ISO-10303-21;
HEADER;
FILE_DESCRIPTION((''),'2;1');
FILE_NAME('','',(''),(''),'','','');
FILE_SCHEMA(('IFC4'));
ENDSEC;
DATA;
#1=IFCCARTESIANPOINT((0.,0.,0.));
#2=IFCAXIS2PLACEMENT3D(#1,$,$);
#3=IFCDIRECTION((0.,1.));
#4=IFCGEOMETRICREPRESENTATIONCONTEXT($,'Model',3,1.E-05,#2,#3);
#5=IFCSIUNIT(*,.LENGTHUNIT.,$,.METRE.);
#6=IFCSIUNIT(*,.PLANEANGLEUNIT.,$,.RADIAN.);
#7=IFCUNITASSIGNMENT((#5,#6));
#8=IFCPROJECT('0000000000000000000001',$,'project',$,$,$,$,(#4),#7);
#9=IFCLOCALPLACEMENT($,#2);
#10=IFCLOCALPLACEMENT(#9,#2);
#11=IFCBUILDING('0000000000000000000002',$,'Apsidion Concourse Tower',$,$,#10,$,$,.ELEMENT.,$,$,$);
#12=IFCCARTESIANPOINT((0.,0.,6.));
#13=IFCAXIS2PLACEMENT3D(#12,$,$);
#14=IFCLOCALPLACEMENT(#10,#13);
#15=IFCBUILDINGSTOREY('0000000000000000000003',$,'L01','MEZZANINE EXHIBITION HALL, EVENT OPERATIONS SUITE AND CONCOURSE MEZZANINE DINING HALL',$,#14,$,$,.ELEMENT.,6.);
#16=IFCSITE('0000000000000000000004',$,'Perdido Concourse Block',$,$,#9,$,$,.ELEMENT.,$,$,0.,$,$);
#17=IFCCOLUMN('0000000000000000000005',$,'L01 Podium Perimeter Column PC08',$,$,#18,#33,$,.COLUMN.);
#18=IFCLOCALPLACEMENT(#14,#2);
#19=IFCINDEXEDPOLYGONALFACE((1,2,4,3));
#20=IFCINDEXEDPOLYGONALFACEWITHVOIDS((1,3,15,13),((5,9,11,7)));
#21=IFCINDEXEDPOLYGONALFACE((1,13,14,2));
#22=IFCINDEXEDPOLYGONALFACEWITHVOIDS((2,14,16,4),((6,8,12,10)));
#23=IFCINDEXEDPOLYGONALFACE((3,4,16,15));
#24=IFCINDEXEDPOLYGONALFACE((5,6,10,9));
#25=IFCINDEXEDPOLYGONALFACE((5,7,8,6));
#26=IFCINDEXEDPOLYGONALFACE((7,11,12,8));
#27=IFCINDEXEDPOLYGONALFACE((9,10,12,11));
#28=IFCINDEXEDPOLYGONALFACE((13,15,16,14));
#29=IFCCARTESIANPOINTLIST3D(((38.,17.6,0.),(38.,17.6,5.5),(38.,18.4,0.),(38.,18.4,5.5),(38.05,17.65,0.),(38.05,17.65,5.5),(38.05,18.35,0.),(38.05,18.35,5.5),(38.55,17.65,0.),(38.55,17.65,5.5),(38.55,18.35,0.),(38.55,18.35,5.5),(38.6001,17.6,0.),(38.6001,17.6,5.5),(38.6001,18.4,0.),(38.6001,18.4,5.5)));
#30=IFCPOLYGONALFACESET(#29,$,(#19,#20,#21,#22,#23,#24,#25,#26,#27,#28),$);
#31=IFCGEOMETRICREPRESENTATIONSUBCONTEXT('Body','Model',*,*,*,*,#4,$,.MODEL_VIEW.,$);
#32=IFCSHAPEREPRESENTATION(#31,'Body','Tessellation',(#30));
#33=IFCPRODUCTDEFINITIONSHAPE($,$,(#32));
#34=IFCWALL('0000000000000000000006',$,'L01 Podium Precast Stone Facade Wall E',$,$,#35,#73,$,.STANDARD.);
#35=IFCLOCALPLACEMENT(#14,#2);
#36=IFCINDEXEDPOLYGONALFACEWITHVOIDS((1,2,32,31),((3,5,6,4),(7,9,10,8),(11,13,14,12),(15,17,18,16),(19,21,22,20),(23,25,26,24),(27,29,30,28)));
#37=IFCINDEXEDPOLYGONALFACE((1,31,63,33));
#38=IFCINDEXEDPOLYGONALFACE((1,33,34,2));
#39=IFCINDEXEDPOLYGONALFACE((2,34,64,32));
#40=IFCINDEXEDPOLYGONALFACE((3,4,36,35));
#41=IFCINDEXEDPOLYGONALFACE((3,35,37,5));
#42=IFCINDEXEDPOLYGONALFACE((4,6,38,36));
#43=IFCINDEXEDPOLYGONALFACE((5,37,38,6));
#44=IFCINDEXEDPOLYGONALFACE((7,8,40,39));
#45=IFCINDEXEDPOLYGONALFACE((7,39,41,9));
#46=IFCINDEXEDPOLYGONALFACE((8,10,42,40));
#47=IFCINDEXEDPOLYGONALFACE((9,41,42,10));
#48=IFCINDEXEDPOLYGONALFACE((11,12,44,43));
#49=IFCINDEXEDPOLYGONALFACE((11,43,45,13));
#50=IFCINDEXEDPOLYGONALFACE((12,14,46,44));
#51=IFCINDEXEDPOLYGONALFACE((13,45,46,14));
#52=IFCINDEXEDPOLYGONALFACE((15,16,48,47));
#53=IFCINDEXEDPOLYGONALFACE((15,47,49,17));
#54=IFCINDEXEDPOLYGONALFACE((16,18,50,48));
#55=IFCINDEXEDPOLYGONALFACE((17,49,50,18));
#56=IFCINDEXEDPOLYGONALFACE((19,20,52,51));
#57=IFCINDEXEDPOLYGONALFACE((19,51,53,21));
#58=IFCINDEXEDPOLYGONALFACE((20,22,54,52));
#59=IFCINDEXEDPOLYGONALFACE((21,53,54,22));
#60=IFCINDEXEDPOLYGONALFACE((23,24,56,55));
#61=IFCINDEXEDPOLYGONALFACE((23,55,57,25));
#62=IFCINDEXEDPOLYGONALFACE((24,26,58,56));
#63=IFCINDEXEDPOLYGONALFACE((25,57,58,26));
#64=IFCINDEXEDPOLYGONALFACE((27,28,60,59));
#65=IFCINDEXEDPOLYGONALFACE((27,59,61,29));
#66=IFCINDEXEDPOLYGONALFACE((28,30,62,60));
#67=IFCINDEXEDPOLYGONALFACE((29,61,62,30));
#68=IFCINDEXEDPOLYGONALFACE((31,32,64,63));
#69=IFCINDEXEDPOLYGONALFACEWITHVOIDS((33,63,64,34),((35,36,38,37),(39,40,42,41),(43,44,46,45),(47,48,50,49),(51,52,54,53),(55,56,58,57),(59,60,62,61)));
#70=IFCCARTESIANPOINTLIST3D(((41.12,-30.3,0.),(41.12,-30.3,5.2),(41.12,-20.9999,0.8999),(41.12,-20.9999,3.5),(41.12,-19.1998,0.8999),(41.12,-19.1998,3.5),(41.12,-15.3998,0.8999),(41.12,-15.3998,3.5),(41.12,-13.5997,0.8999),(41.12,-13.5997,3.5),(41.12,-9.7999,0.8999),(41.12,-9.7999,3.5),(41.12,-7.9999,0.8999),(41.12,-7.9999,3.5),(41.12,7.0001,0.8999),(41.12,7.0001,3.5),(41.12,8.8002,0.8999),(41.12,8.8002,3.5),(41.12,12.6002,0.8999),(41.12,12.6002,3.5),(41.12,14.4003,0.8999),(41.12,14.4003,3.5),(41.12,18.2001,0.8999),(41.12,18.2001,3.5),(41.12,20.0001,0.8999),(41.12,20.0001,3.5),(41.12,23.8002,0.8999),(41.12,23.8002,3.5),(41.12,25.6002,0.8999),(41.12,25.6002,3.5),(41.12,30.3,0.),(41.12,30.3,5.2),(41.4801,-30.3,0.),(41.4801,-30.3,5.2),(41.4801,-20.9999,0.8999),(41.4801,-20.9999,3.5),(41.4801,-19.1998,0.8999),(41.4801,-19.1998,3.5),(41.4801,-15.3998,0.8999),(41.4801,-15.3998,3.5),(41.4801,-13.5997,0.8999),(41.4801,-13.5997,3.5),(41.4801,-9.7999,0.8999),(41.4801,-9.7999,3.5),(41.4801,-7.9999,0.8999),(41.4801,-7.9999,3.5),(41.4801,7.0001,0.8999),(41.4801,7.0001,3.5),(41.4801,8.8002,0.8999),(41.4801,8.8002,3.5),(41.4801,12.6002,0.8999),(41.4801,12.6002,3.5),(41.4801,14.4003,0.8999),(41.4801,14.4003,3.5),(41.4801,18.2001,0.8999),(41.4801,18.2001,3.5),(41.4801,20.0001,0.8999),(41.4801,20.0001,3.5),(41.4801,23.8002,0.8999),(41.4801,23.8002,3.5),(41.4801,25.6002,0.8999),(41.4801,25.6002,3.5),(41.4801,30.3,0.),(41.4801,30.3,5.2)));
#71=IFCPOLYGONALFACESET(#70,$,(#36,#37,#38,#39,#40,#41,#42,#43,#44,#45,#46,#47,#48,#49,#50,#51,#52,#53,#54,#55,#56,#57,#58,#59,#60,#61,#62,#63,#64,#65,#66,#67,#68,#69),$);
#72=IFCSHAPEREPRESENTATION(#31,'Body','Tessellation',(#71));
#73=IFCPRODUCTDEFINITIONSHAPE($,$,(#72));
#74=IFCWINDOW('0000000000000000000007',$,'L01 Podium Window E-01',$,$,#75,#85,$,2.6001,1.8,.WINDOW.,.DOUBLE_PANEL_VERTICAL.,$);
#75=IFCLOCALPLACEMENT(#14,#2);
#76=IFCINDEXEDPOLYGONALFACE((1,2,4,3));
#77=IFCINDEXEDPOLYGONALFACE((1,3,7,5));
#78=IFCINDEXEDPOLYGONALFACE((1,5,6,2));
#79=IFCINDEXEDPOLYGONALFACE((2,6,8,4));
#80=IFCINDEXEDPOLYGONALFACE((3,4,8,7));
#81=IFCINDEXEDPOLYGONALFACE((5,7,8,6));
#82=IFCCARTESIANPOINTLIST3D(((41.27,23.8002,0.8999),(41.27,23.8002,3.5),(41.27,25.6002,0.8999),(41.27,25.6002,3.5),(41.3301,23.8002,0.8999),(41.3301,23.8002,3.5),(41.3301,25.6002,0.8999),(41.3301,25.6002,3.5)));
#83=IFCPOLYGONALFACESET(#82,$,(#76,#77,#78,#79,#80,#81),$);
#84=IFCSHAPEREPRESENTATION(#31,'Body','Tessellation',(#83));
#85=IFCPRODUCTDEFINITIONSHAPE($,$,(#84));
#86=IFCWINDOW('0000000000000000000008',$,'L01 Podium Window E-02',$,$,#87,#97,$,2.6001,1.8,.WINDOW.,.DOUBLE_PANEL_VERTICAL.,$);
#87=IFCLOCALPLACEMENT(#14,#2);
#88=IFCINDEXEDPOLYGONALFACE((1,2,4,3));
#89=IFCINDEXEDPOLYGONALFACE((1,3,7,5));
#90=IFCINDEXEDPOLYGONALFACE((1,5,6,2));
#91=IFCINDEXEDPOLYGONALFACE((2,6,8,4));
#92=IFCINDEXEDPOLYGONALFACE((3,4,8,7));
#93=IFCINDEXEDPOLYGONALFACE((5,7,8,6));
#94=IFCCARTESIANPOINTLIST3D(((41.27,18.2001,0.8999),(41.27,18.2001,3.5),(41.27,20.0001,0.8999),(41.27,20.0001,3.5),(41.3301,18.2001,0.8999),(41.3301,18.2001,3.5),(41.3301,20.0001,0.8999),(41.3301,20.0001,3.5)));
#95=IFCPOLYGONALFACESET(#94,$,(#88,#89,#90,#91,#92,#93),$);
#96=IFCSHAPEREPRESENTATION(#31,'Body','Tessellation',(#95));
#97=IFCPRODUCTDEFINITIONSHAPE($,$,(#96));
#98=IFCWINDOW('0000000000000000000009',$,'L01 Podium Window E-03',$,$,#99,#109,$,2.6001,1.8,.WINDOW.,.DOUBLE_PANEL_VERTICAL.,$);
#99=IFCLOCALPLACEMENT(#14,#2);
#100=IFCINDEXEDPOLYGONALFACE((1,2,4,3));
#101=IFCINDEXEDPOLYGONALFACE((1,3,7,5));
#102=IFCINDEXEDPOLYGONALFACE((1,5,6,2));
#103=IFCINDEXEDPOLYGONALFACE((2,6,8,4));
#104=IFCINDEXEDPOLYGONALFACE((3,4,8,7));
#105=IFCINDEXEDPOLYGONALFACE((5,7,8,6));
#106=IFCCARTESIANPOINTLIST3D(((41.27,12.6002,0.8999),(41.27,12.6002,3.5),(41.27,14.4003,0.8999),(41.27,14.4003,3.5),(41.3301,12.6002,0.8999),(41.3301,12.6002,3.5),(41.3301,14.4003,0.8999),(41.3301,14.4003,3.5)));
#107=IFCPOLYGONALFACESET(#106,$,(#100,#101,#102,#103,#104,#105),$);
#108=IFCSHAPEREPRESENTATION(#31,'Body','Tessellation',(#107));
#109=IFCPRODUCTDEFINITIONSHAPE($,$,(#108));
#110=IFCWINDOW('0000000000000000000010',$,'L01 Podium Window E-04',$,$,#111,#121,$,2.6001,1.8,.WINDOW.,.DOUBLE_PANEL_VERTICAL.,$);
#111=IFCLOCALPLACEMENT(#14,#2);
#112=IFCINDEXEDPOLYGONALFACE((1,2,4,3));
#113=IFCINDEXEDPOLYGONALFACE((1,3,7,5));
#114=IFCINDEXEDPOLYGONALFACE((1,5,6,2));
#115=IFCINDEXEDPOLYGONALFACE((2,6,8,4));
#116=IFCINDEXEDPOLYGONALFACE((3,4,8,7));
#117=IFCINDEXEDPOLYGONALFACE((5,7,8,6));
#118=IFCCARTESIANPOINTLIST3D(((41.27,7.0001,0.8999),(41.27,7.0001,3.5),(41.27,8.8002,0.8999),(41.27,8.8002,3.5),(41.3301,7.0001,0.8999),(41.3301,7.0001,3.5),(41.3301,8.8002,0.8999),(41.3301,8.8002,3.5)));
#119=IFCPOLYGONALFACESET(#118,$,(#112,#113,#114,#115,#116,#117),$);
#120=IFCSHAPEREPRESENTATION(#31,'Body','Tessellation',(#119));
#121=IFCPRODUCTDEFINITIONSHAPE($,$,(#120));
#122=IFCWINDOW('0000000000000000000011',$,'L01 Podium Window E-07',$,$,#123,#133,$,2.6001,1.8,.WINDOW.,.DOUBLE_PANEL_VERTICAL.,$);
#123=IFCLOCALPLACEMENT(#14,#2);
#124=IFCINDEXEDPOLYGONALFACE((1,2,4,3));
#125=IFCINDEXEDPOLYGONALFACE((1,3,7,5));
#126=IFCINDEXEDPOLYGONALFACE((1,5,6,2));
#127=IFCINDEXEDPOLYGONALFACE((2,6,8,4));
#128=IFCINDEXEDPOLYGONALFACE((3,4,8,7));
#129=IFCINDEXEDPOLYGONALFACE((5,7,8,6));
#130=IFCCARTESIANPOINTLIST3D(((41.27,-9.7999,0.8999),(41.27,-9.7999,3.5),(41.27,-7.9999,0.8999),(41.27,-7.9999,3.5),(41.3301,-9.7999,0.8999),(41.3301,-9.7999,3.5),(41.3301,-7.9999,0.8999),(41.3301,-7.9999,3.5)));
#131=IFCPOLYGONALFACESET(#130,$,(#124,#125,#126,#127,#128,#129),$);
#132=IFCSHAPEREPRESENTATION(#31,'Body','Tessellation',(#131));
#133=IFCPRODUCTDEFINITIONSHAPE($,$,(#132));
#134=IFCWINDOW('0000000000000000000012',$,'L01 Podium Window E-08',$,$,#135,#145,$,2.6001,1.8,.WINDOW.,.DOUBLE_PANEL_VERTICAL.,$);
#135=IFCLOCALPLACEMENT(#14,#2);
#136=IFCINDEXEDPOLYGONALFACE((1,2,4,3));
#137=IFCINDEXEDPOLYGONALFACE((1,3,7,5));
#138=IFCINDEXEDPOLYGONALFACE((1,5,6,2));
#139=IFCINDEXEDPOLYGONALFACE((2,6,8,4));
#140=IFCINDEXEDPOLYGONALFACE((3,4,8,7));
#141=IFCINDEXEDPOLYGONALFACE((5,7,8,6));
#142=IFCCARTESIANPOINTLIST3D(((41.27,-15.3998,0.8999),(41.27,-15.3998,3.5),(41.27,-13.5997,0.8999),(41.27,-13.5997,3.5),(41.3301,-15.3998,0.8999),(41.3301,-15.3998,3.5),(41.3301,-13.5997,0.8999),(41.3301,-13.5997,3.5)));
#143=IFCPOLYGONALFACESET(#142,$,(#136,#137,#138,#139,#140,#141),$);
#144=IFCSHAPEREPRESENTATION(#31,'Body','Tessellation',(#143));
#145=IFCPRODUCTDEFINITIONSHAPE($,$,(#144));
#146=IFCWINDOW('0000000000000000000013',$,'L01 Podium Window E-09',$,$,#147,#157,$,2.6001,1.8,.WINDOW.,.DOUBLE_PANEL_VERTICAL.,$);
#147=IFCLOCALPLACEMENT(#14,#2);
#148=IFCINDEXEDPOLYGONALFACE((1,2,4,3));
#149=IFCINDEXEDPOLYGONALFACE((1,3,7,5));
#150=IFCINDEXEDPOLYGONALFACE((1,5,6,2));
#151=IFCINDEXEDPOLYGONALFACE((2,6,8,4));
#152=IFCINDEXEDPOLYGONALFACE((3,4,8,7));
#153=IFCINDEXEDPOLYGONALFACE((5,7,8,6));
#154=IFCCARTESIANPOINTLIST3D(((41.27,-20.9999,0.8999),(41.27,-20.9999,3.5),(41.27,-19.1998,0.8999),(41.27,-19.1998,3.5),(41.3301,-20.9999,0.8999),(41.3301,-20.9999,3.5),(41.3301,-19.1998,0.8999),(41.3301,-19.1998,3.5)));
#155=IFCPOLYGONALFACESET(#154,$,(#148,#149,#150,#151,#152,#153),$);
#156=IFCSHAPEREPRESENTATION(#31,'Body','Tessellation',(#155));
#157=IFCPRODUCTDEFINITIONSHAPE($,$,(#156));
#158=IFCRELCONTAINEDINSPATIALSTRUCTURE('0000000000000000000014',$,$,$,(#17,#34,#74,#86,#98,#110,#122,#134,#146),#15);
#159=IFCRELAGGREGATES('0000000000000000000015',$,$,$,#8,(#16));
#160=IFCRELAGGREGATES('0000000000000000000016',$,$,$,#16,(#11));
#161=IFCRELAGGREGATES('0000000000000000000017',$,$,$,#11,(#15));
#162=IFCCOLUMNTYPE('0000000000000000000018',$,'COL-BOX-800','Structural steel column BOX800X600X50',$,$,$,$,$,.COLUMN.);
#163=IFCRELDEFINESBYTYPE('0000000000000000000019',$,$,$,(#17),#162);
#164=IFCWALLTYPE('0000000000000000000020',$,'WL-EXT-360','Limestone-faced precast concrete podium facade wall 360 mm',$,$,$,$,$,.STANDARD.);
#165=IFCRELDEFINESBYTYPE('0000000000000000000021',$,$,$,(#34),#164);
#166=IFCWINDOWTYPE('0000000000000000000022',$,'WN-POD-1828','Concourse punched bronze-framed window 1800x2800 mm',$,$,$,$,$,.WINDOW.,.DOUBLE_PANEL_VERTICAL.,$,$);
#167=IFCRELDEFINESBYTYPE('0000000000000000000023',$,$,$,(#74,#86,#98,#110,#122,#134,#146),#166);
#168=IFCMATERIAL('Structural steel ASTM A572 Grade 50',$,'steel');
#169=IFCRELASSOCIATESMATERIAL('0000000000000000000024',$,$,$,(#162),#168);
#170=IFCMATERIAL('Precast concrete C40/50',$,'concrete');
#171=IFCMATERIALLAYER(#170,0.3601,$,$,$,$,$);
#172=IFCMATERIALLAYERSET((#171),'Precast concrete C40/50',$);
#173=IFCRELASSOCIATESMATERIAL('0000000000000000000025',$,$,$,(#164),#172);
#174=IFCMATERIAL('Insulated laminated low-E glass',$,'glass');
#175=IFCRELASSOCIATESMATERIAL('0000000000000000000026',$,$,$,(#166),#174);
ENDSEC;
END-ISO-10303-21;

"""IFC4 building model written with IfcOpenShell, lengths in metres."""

from ifc_helpers import new_model, si_unit, direction, frame, frame_2d, origin, origin_2d, place, context, subcontext, project, spatial, rectangle, hollow_rectangle, extrude, material, layer, layer_set, material_profile, profile_set, type_object, element, fill, save


model = new_model("IFC4")

# Units and contexts
model_context = context("Model", 3, precision=1e-05, world=origin(), true_north=direction((0.0, 1.0)))
body_context = subcontext(model_context, "Body", "Model", "MODEL_VIEW")
ifc_project = project(units=[si_unit("LENGTHUNIT", "METRE"), si_unit("PLANEANGLEUNIT", "RADIAN")], contexts=[model_context])

# Site, building, storey
site_placement = place(None, origin())
site = spatial("IfcSite", under=ifc_project, at=site_placement, Name="Perdido Concourse Block", CompositionType="ELEMENT", RefElevation=0.0)
building_placement = place(site_placement, origin())
building = spatial("IfcBuilding", under=site, at=building_placement, Name="Apsidion Concourse Tower", CompositionType="ELEMENT")
storey_placement = place(building_placement, frame((0.0, 0.0, 6.0)))
storey = spatial("IfcBuildingStorey", under=building, at=storey_placement, Name="L01", Description="MEZZANINE EXHIBITION HALL, EVENT OPERATIONS SUITE AND CONCOURSE MEZZANINE DINING HALL", CompositionType="ELEMENT", Elevation=6.0)

# Column
ifc_material_1 = material(Name="Structural steel ASTM A572 Grade 50", Category="steel")
ifc_material_profile = material_profile(ifc_material_1, hollow_rectangle(XDim=0.6001, YDim=0.8, WallThickness=0.05, at=origin_2d()), Name="BOX800X600X50")
ifc_profile_set = profile_set([ifc_material_profile], Name="Structural steel ASTM A572 Grade 50")
column_type = type_object("IfcColumnType", Name="COL-BOX-800", Description="Structural steel column BOX800X600X50", PredefinedType="COLUMN", material=ifc_profile_set)
column_placement = place(storey_placement, frame((38.3, 18.0, 0.0), z_axis=(0.0, 0.0, 1.0), x_axis=(1.0, 0.0, 0.0)))
element("IfcColumn", 1, at=column_placement, inside=storey, type_object=column_type, Name="L01 Podium Perimeter Column PC08", PredefinedType="COLUMN", context=body_context, shape_type="SweptSolid", body=[
    extrude(hollow_rectangle(XDim=0.6001, YDim=0.8, WallThickness=0.05, at=origin_2d()), origin(), (0.0, 0.0, 1.0), 5.5),
])

# Wall, openings, windows
ifc_material_2 = material(Name="Precast concrete C40/50", Category="concrete")
ifc_layer_1 = layer(ifc_material_2, 0.3601)
ifc_layer_set_1 = layer_set([ifc_layer_1], Name="Precast concrete C40/50")
wall_type_1 = type_object("IfcWallType", Name="WL-EXT-360", Description="Limestone-faced precast concrete podium facade wall 360 mm", PredefinedType="STANDARD", material=ifc_layer_set_1)
wall_1_placement = place(storey_placement, frame((41.3, 30.3, 0.0), z_axis=(0.0, 0.0, 1.0), x_axis=(0.0, -1.0, 0.0)))
wall_1 = element("IfcWall", 2, at=wall_1_placement, inside=storey, type_object=wall_type_1, Name="L01 Podium Precast Stone Facade Wall E", PredefinedType="STANDARD", context=body_context, shape_type="SweptSolid", body=[
    extrude(rectangle(XDim=60.6001, YDim=0.3601, at=frame_2d((30.3, 0.0))), origin(), (0.0, 0.0, 1.0), 5.2),
])
opening_1_placement = place(wall_1_placement, frame((4.7, 0.0, 0.8999)))
opening_1 = element("IfcOpeningElement", 3, at=opening_1_placement, cuts=wall_1, PredefinedType="OPENING", context=body_context, shape_type="SweptSolid", body=[
    extrude(rectangle(XDim=1.8, YDim=2.6001, at=frame_2d((0.8999, 1.3))), frame((0.0, 0.1899, 0.0), z_axis=(0.0, -1.0, 0.0), x_axis=(1.0, 0.0, 0.0)), (0.0, 0.0, 1.0), 0.3801),
])
opening_2_placement = place(wall_1_placement, frame((10.3, 0.0, 0.8999)))
opening_2 = element("IfcOpeningElement", 4, at=opening_2_placement, cuts=wall_1, PredefinedType="OPENING", context=body_context, shape_type="SweptSolid", body=[
    extrude(rectangle(XDim=1.8, YDim=2.6001, at=frame_2d((0.8999, 1.3))), frame((0.0, 0.1899, 0.0), z_axis=(0.0, -1.0, 0.0), x_axis=(1.0, 0.0, 0.0)), (0.0, 0.0, 1.0), 0.3801),
])
opening_3_placement = place(wall_1_placement, frame((15.8999, 0.0, 0.8999)))
opening_3 = element("IfcOpeningElement", 5, at=opening_3_placement, cuts=wall_1, PredefinedType="OPENING", context=body_context, shape_type="SweptSolid", body=[
    extrude(rectangle(XDim=1.8, YDim=2.6001, at=frame_2d((0.8999, 1.3))), frame((0.0, 0.1899, 0.0), z_axis=(0.0, -1.0, 0.0), x_axis=(1.0, 0.0, 0.0)), (0.0, 0.0, 1.0), 0.3801),
])
opening_4_placement = place(wall_1_placement, frame((21.5, 0.0, 0.8999)))
opening_4 = element("IfcOpeningElement", 6, at=opening_4_placement, cuts=wall_1, PredefinedType="OPENING", context=body_context, shape_type="SweptSolid", body=[
    extrude(rectangle(XDim=1.8, YDim=2.6001, at=frame_2d((0.8999, 1.3))), frame((0.0, 0.1899, 0.0), z_axis=(0.0, -1.0, 0.0), x_axis=(1.0, 0.0, 0.0)), (0.0, 0.0, 1.0), 0.3801),
])
opening_5_placement = place(wall_1_placement, frame((38.3, 0.0, 0.8999)))
opening_5 = element("IfcOpeningElement", 7, at=opening_5_placement, cuts=wall_1, PredefinedType="OPENING", context=body_context, shape_type="SweptSolid", body=[
    extrude(rectangle(XDim=1.8, YDim=2.6001, at=frame_2d((0.8999, 1.3))), frame((0.0, 0.1899, 0.0), z_axis=(0.0, -1.0, 0.0), x_axis=(1.0, 0.0, 0.0)), (0.0, 0.0, 1.0), 0.3801),
])
opening_6_placement = place(wall_1_placement, frame((43.8999, 0.0, 0.8999)))
opening_6 = element("IfcOpeningElement", 8, at=opening_6_placement, cuts=wall_1, PredefinedType="OPENING", context=body_context, shape_type="SweptSolid", body=[
    extrude(rectangle(XDim=1.8, YDim=2.6001, at=frame_2d((0.8999, 1.3))), frame((0.0, 0.1899, 0.0), z_axis=(0.0, -1.0, 0.0), x_axis=(1.0, 0.0, 0.0)), (0.0, 0.0, 1.0), 0.3801),
])
opening_7_placement = place(wall_1_placement, frame((49.5, 0.0, 0.8999)))
opening_7 = element("IfcOpeningElement", 9, at=opening_7_placement, cuts=wall_1, PredefinedType="OPENING", context=body_context, shape_type="SweptSolid", body=[
    extrude(rectangle(XDim=1.8, YDim=2.6001, at=frame_2d((0.8999, 1.3))), frame((0.0, 0.1899, 0.0), z_axis=(0.0, -1.0, 0.0), x_axis=(1.0, 0.0, 0.0)), (0.0, 0.0, 1.0), 0.3801),
])
ifc_material_3 = material(Name="Insulated laminated low-E glass", Category="glass")
window_type = type_object("IfcWindowType", Name="WN-POD-1828", Description="Concourse punched bronze-framed window 1800x2800 mm", PartitioningType="DOUBLE_PANEL_VERTICAL", PredefinedType="WINDOW", material=ifc_material_3)
window_1_placement = place(opening_1_placement, origin())
window_1 = element("IfcWindow", 10, at=window_1_placement, inside=storey, type_object=window_type, Name="L01 Podium Window E-01", OverallHeight=2.6001, OverallWidth=1.8, PartitioningType="DOUBLE_PANEL_VERTICAL", PredefinedType="WINDOW", context=body_context, shape_type="SweptSolid", body=[
    extrude(rectangle(XDim=1.8, YDim=2.6001, at=frame_2d((0.8999, 1.3))), frame((0.0, 0.03, 0.0), z_axis=(0.0, -1.0, 0.0), x_axis=(1.0, 0.0, 0.0)), (0.0, 0.0, 1.0), 0.0601),
])
fill(opening_1, window_1)
window_2_placement = place(opening_2_placement, origin())
window_2 = element("IfcWindow", 11, at=window_2_placement, inside=storey, type_object=window_type, Name="L01 Podium Window E-02", OverallHeight=2.6001, OverallWidth=1.8, PartitioningType="DOUBLE_PANEL_VERTICAL", PredefinedType="WINDOW", context=body_context, shape_type="SweptSolid", body=[
    extrude(rectangle(XDim=1.8, YDim=2.6001, at=frame_2d((0.8999, 1.3))), frame((0.0, 0.03, 0.0), z_axis=(0.0, -1.0, 0.0), x_axis=(1.0, 0.0, 0.0)), (0.0, 0.0, 1.0), 0.0601),
])
fill(opening_2, window_2)
window_3_placement = place(opening_3_placement, origin())
window_3 = element("IfcWindow", 12, at=window_3_placement, inside=storey, type_object=window_type, Name="L01 Podium Window E-03", OverallHeight=2.6001, OverallWidth=1.8, PartitioningType="DOUBLE_PANEL_VERTICAL", PredefinedType="WINDOW", context=body_context, shape_type="SweptSolid", body=[
    extrude(rectangle(XDim=1.8, YDim=2.6001, at=frame_2d((0.8999, 1.3))), frame((0.0, 0.03, 0.0), z_axis=(0.0, -1.0, 0.0), x_axis=(1.0, 0.0, 0.0)), (0.0, 0.0, 1.0), 0.0601),
])
fill(opening_3, window_3)
window_4_placement = place(opening_4_placement, origin())
window_4 = element("IfcWindow", 13, at=window_4_placement, inside=storey, type_object=window_type, Name="L01 Podium Window E-04", OverallHeight=2.6001, OverallWidth=1.8, PartitioningType="DOUBLE_PANEL_VERTICAL", PredefinedType="WINDOW", context=body_context, shape_type="SweptSolid", body=[
    extrude(rectangle(XDim=1.8, YDim=2.6001, at=frame_2d((0.8999, 1.3))), frame((0.0, 0.03, 0.0), z_axis=(0.0, -1.0, 0.0), x_axis=(1.0, 0.0, 0.0)), (0.0, 0.0, 1.0), 0.0601),
])
fill(opening_4, window_4)
window_5_placement = place(opening_5_placement, origin())
window_5 = element("IfcWindow", 14, at=window_5_placement, inside=storey, type_object=window_type, Name="L01 Podium Window E-07", OverallHeight=2.6001, OverallWidth=1.8, PartitioningType="DOUBLE_PANEL_VERTICAL", PredefinedType="WINDOW", context=body_context, shape_type="SweptSolid", body=[
    extrude(rectangle(XDim=1.8, YDim=2.6001, at=frame_2d((0.8999, 1.3))), frame((0.0, 0.03, 0.0), z_axis=(0.0, -1.0, 0.0), x_axis=(1.0, 0.0, 0.0)), (0.0, 0.0, 1.0), 0.0601),
])
fill(opening_5, window_5)
window_6_placement = place(opening_6_placement, origin())
window_6 = element("IfcWindow", 15, at=window_6_placement, inside=storey, type_object=window_type, Name="L01 Podium Window E-08", OverallHeight=2.6001, OverallWidth=1.8, PartitioningType="DOUBLE_PANEL_VERTICAL", PredefinedType="WINDOW", context=body_context, shape_type="SweptSolid", body=[
    extrude(rectangle(XDim=1.8, YDim=2.6001, at=frame_2d((0.8999, 1.3))), frame((0.0, 0.03, 0.0), z_axis=(0.0, -1.0, 0.0), x_axis=(1.0, 0.0, 0.0)), (0.0, 0.0, 1.0), 0.0601),
])
fill(opening_6, window_6)
window_7_placement = place(opening_7_placement, origin())
window_7 = element("IfcWindow", 16, at=window_7_placement, inside=storey, type_object=window_type, Name="L01 Podium Window E-09", OverallHeight=2.6001, OverallWidth=1.8, PartitioningType="DOUBLE_PANEL_VERTICAL", PredefinedType="WINDOW", context=body_context, shape_type="SweptSolid", body=[
    extrude(rectangle(XDim=1.8, YDim=2.6001, at=frame_2d((0.8999, 1.3))), frame((0.0, 0.03, 0.0), z_axis=(0.0, -1.0, 0.0), x_axis=(1.0, 0.0, 0.0)), (0.0, 0.0, 1.0), 0.0601),
])
fill(opening_7, window_7)

save(model, "model.ifc")
